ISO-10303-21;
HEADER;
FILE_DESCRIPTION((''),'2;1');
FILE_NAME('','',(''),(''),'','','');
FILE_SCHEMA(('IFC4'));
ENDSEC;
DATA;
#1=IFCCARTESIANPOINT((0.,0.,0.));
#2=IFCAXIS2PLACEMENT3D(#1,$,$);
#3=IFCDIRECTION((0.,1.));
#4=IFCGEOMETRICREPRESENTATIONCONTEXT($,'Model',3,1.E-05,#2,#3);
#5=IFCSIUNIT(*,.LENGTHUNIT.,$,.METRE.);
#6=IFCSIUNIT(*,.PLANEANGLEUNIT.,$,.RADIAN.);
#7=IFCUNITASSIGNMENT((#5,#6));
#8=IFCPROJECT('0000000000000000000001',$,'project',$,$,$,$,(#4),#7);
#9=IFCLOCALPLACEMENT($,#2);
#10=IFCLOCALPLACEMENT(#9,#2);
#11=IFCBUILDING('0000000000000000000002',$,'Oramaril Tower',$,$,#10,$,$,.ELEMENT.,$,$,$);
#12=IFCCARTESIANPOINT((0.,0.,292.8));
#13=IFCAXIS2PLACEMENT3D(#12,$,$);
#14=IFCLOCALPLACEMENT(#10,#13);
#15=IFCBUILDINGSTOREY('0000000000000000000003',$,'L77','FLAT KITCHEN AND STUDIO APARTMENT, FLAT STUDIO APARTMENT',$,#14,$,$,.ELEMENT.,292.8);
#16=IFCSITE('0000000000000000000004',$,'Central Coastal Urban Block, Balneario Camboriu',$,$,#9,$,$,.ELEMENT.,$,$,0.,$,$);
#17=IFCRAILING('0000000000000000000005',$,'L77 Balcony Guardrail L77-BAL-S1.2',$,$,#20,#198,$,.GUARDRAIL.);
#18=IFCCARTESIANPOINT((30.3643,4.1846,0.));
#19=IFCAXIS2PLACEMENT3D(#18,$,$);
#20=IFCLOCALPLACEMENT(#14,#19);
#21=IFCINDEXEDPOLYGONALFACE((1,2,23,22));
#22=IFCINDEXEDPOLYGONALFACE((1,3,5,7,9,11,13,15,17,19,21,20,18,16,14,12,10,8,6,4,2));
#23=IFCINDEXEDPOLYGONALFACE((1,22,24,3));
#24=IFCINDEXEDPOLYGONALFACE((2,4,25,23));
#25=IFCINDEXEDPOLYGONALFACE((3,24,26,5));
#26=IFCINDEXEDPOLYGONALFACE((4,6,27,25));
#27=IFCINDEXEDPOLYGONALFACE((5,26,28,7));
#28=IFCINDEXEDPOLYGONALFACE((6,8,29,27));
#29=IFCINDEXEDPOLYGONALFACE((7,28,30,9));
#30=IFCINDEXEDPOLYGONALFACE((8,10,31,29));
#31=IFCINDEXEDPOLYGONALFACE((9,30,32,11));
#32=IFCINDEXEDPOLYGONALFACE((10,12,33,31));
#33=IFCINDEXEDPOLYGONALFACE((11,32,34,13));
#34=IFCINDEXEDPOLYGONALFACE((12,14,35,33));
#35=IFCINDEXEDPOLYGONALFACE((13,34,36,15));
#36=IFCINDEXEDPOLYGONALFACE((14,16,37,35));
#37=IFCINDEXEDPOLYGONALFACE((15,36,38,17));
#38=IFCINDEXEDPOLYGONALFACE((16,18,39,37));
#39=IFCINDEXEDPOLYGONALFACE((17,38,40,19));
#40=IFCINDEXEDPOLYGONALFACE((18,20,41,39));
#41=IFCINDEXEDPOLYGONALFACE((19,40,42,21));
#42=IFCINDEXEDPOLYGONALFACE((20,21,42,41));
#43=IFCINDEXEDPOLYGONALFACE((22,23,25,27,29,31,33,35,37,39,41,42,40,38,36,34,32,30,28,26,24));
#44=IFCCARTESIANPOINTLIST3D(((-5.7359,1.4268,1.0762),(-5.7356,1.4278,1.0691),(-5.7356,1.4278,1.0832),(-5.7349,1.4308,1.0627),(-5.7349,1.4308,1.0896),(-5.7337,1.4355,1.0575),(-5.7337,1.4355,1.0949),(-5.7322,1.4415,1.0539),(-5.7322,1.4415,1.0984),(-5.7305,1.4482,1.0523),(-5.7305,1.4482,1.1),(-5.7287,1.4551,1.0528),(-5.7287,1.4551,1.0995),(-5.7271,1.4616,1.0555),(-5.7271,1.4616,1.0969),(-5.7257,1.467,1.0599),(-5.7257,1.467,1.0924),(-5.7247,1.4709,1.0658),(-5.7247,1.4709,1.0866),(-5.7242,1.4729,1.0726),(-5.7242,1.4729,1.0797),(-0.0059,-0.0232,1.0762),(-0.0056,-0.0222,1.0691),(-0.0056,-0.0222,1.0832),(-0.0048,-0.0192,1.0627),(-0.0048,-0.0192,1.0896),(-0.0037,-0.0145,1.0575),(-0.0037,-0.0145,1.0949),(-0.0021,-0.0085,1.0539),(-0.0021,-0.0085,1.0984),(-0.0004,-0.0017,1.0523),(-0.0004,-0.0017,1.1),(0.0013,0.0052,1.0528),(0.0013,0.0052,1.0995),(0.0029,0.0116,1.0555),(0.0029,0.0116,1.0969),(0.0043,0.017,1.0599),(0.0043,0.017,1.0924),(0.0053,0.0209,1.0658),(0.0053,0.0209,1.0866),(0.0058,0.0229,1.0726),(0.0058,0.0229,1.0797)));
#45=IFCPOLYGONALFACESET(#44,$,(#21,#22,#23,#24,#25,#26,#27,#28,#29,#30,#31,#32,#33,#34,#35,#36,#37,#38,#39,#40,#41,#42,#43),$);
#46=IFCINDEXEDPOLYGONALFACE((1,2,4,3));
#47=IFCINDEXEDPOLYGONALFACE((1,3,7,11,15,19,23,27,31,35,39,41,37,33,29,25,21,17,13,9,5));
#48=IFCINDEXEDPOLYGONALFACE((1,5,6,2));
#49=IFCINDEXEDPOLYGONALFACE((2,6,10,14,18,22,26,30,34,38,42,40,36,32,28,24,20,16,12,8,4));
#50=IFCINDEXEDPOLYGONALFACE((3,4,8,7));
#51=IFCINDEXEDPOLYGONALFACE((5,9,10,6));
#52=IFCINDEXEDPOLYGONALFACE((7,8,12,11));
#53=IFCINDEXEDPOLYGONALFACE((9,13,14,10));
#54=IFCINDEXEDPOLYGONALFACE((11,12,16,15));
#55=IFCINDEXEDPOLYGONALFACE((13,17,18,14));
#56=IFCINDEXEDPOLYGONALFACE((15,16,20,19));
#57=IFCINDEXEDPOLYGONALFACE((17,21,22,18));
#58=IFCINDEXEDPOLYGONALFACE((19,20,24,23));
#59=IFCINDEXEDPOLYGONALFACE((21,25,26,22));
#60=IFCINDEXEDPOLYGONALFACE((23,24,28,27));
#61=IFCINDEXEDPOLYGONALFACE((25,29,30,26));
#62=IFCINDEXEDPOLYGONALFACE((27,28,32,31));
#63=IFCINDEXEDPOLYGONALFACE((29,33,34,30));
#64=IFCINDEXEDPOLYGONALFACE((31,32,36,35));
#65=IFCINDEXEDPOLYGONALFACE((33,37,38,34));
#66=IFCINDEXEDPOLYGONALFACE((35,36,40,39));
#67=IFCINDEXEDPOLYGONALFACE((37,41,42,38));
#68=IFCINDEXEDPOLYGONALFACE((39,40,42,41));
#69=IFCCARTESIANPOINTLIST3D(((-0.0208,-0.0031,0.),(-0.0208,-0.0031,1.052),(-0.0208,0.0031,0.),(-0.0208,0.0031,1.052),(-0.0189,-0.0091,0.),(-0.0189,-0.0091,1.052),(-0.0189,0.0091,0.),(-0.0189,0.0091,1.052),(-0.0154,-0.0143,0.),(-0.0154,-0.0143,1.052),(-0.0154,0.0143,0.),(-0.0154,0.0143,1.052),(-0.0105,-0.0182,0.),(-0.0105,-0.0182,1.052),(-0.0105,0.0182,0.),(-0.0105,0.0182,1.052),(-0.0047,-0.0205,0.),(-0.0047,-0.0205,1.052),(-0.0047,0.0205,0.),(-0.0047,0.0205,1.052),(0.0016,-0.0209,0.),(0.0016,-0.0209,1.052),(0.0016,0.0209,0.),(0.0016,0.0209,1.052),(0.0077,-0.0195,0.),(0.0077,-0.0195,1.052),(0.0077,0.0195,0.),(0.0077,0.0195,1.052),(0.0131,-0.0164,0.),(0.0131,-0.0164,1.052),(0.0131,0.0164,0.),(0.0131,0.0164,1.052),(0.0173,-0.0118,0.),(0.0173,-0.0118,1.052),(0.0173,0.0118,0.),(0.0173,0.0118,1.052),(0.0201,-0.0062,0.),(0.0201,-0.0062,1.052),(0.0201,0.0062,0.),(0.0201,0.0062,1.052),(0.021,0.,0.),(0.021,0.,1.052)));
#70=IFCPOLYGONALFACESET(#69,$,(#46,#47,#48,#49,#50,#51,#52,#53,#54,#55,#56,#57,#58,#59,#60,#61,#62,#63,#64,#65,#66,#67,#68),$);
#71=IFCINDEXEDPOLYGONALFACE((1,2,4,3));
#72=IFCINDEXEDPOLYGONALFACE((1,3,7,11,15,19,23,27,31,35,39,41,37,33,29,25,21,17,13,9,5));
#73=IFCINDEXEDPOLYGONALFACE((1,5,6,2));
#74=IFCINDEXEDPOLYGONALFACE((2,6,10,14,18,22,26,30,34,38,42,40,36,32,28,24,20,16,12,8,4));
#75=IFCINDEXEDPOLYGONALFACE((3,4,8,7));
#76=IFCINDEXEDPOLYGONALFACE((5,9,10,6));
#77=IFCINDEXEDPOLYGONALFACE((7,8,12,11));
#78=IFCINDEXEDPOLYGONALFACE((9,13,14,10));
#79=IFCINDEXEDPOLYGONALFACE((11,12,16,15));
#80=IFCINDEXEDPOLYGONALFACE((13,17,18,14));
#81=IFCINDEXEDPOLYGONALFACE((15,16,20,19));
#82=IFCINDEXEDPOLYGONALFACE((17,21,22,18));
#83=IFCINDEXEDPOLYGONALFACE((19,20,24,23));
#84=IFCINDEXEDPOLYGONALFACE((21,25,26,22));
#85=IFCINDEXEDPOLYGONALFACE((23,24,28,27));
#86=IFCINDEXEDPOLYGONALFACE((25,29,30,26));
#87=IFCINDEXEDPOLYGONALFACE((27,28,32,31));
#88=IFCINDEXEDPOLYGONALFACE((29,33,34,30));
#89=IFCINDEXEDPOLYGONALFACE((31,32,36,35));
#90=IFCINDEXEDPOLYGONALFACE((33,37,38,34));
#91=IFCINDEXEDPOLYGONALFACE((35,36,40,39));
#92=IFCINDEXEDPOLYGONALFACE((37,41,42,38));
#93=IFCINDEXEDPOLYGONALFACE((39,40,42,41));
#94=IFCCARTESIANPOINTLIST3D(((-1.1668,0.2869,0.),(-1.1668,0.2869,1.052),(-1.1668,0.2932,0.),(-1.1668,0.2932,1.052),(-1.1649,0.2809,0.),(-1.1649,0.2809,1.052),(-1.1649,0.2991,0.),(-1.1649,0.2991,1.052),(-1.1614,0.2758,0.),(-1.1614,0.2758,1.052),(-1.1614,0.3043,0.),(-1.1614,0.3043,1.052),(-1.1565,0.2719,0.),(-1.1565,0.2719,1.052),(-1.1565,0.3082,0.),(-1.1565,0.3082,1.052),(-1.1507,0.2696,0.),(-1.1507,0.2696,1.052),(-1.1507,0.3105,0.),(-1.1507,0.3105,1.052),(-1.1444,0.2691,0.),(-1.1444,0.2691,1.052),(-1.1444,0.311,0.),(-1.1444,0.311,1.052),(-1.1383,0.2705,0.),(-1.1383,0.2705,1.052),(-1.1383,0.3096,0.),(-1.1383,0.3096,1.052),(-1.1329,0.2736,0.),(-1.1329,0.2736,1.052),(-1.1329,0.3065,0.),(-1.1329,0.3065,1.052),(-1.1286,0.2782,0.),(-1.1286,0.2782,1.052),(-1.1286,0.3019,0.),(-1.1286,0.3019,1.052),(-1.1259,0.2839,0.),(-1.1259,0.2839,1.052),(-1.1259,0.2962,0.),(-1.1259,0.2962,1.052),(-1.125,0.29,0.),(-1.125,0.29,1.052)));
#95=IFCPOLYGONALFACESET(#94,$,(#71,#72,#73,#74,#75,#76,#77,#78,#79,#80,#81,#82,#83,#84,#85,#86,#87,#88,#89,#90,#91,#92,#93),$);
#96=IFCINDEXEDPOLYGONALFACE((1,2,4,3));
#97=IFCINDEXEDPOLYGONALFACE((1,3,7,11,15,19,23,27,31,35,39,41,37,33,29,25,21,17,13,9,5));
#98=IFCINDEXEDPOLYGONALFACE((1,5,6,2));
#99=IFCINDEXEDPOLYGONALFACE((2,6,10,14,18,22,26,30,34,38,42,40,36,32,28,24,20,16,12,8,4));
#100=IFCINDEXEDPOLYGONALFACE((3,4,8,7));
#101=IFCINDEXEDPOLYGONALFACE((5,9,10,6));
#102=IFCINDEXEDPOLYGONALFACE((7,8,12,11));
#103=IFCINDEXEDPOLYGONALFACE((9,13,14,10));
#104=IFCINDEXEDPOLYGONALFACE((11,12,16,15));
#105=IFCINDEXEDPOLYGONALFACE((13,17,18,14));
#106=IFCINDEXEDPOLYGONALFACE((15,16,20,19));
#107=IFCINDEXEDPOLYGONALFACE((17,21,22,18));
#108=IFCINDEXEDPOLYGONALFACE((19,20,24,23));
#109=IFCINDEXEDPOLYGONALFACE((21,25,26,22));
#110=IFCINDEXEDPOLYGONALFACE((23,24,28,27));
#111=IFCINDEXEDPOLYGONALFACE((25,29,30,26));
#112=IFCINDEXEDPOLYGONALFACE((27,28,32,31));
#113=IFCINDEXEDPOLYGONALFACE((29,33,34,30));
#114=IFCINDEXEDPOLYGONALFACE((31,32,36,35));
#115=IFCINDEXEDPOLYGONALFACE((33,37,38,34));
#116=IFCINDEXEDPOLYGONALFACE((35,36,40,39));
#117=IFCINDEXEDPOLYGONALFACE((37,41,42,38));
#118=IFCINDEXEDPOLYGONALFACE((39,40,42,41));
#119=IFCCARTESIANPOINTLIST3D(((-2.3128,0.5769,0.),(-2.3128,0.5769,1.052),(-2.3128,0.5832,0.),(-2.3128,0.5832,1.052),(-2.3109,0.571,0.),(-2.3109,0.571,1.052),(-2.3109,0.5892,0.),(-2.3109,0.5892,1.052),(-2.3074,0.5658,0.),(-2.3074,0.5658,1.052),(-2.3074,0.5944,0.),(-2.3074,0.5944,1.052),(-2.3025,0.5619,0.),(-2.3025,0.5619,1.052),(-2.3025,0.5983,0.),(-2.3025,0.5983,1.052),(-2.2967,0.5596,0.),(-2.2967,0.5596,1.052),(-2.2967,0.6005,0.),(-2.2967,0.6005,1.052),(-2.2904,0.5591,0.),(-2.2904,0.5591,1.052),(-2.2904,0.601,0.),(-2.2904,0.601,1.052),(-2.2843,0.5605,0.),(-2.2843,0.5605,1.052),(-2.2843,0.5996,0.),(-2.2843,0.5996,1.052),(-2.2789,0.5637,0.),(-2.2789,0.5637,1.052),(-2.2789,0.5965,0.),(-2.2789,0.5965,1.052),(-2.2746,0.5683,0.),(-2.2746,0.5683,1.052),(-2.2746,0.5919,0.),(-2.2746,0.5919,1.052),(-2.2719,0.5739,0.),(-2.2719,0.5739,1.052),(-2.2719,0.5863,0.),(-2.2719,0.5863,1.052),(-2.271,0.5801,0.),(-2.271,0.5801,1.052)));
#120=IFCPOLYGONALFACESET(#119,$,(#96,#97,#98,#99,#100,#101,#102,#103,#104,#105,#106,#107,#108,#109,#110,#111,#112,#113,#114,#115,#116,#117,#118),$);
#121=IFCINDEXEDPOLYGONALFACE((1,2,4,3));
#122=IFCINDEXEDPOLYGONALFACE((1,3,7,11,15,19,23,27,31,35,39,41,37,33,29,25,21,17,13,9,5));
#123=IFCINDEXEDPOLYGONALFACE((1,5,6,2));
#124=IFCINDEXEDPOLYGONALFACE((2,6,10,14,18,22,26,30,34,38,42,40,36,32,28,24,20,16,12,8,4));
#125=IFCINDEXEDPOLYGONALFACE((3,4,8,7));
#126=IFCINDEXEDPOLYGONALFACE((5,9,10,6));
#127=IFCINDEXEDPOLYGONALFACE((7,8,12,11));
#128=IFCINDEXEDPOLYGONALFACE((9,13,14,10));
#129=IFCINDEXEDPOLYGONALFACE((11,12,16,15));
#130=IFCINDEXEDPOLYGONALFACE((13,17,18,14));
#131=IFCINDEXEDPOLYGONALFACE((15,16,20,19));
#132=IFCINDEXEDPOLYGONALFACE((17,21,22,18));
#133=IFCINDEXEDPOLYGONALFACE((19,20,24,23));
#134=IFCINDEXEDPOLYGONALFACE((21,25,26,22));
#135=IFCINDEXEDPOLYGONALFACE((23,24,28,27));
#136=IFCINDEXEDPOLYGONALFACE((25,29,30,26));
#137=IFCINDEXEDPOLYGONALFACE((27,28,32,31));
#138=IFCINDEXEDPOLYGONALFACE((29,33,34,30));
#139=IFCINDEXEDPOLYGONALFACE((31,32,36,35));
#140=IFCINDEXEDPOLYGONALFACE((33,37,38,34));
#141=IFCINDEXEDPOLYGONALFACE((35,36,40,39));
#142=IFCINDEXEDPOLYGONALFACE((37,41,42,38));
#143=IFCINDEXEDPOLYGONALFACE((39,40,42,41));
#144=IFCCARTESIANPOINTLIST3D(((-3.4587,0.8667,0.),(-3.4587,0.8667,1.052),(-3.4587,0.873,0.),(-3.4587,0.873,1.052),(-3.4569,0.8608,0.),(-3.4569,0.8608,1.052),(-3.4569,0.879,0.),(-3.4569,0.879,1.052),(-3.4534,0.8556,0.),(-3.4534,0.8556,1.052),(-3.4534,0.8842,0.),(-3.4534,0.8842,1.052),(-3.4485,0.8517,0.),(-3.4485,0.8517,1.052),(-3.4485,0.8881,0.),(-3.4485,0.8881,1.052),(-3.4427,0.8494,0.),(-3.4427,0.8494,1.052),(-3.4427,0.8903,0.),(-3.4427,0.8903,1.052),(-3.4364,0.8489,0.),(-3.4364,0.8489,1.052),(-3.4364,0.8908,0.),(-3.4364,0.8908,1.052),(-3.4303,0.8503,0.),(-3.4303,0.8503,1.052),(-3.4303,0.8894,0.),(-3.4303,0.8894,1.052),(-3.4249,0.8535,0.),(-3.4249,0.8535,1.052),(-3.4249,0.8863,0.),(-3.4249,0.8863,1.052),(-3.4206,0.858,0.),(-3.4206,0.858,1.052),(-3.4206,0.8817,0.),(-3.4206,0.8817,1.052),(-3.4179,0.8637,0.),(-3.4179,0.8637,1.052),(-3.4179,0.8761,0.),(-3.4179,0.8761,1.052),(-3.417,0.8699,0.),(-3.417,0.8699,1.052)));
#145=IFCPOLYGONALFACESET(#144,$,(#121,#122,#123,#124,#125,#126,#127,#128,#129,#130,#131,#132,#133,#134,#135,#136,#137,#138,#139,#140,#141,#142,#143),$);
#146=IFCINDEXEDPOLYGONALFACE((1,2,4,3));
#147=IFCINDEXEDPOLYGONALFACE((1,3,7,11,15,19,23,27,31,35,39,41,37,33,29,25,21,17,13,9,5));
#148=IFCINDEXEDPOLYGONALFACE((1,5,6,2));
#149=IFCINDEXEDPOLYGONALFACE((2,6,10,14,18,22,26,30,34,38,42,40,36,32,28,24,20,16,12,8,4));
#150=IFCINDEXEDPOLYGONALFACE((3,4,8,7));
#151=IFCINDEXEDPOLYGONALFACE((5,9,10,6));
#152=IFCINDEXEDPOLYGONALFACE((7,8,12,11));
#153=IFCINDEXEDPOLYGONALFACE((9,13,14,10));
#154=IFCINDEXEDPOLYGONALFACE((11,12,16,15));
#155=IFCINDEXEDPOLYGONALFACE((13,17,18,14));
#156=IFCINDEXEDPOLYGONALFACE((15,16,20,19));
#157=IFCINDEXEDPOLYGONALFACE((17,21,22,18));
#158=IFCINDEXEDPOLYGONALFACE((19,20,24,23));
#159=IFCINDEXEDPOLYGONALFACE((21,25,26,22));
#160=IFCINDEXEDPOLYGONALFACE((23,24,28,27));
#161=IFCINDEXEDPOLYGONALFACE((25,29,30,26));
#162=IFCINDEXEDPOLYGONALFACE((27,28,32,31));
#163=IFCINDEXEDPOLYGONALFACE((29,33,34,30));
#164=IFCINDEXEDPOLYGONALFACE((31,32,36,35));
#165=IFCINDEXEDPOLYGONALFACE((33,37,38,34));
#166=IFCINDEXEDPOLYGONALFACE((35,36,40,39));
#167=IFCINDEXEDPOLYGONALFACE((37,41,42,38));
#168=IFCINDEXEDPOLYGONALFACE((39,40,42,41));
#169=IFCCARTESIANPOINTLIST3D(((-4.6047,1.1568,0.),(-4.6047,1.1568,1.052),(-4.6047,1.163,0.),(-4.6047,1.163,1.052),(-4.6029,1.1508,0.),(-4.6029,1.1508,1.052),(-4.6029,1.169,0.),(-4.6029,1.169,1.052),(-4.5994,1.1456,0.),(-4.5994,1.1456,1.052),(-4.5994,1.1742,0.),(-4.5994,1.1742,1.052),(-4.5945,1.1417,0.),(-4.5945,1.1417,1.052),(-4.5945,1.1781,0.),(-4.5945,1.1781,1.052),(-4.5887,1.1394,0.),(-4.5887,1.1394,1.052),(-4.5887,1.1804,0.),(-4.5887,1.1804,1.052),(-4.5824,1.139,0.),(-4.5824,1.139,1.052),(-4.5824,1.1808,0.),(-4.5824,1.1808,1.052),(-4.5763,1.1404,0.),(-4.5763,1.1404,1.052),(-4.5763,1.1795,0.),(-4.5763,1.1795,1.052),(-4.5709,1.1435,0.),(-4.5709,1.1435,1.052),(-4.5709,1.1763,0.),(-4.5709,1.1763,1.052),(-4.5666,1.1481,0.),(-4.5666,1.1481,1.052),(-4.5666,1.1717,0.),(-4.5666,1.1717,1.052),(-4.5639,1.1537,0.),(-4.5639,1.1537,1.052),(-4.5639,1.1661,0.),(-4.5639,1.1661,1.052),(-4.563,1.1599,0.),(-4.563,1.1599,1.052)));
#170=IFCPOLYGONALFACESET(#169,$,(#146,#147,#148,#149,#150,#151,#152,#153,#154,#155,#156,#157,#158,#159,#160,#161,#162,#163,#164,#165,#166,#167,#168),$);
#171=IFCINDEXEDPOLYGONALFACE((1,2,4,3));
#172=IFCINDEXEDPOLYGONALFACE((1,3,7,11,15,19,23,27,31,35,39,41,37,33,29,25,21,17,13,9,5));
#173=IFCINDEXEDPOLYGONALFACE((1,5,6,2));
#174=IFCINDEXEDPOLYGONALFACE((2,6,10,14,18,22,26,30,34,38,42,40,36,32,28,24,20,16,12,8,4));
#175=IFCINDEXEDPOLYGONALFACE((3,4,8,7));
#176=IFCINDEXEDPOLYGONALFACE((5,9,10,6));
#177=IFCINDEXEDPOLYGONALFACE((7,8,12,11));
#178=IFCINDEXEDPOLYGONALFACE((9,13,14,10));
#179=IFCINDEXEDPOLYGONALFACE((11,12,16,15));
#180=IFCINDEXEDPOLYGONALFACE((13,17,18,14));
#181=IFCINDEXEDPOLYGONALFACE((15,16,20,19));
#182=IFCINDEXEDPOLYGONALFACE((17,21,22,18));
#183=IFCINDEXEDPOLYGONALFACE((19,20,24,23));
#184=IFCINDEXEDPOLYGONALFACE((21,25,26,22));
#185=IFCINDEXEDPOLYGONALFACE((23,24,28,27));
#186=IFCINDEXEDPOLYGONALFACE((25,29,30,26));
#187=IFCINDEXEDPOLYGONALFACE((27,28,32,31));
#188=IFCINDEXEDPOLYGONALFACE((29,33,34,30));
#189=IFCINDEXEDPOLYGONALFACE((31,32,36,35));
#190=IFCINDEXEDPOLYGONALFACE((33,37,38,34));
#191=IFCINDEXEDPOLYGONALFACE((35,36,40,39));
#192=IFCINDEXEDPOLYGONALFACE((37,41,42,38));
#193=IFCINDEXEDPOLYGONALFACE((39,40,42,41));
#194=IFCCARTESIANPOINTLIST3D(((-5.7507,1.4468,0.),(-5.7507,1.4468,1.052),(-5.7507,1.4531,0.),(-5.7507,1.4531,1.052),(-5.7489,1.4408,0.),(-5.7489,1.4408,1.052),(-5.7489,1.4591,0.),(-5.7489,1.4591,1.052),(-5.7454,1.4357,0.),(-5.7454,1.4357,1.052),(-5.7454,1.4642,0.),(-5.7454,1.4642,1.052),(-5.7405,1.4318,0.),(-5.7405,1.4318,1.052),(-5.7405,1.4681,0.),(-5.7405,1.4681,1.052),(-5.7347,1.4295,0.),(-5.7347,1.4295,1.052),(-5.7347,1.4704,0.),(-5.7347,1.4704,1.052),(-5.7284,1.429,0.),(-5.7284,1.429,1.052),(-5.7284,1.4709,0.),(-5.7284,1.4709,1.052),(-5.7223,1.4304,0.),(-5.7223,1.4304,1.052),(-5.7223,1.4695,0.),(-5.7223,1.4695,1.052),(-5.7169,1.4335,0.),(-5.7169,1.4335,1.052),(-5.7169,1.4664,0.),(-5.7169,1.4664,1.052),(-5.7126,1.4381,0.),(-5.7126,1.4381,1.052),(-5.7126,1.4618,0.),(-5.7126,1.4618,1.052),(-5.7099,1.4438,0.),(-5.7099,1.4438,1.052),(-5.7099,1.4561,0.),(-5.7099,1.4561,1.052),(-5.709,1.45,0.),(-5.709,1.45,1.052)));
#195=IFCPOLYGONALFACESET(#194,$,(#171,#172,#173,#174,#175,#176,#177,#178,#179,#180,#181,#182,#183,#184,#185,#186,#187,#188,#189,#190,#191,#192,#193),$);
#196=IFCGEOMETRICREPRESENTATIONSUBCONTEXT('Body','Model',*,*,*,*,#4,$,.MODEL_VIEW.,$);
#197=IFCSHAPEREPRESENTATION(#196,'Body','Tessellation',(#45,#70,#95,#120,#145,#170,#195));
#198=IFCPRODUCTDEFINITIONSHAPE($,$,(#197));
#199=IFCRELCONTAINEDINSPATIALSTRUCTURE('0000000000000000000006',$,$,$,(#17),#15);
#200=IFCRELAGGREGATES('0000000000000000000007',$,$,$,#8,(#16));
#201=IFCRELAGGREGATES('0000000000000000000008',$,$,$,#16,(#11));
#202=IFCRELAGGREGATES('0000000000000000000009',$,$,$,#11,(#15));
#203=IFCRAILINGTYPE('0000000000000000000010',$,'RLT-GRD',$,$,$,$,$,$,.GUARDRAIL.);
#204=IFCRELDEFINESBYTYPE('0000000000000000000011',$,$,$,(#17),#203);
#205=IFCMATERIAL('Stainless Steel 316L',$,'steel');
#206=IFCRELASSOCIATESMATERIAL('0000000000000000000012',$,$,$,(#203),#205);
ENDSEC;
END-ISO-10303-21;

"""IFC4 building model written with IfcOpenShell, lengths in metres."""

from ifc_helpers import new_model, si_unit, direction, frame, origin, origin_2d, place, context, subcontext, project, spatial, circle, extrude, material, type_object, element, save


model = new_model("IFC4")

# Units and contexts
model_context = context("Model", 3, precision=1e-05, world=origin(), true_north=direction((0.0, 1.0)))
body_context = subcontext(model_context, "Body", "Model", "MODEL_VIEW")
ifc_project = project(units=[si_unit("LENGTHUNIT", "METRE"), si_unit("PLANEANGLEUNIT", "RADIAN")], contexts=[model_context])

# Site, building, storey
site_placement = place(None, origin())
site = spatial("IfcSite", under=ifc_project, at=site_placement, Name="Central Coastal Urban Block, Balneario Camboriu", CompositionType="ELEMENT", RefElevation=0.0)
building_placement = place(site_placement, origin())
building = spatial("IfcBuilding", under=site, at=building_placement, Name="Oramaril Tower", CompositionType="ELEMENT")
storey_placement = place(building_placement, frame((0.0, 0.0, 292.8)))
storey = spatial("IfcBuildingStorey", under=building, at=storey_placement, Name="L77", Description="FLAT KITCHEN AND STUDIO APARTMENT, FLAT STUDIO APARTMENT", CompositionType="ELEMENT", Elevation=292.8)

# Railing
ifc_material_1 = material(Name="Stainless Steel 316L", Category="steel")
railing_type = type_object("IfcRailingType", Name="RLT-GRD", PredefinedType="GUARDRAIL", material=ifc_material_1)
railing_1_placement = place(storey_placement, frame((30.3643, 4.1846, 0.0)))
element("IfcRailing", 1, at=railing_1_placement, inside=storey, type_object=railing_type, Name="L77 Balcony Guardrail L77-BAL-S1.2", PredefinedType="GUARDRAIL", context=body_context, shape_type="SweptSolid", body=[
    extrude(circle(Radius=0.0239, at=origin_2d()), frame((0.0, 0.0, 1.0762), z_axis=(-0.969444, 0.245314, 0.0), x_axis=(-0.245314, -0.969444, 0.0)), (0.0, 0.0, 1.0), 5.9106),
    extrude(circle(Radius=0.021, at=origin_2d()), origin(), (0.0, 0.0, 1.0), 1.052),
    extrude(circle(Radius=0.021, at=origin_2d()), frame((-1.146, 0.29, 0.0)), (0.0, 0.0, 1.0), 1.052),
    extrude(circle(Radius=0.021, at=origin_2d()), frame((-2.292, 0.5801, 0.0)), (0.0, 0.0, 1.0), 1.052),
    extrude(circle(Radius=0.021, at=origin_2d()), frame((-3.438, 0.8699, 0.0)), (0.0, 0.0, 1.0), 1.052),
    extrude(circle(Radius=0.021, at=origin_2d()), frame((-4.584, 1.1599, 0.0)), (0.0, 0.0, 1.0), 1.052),
    extrude(circle(Radius=0.021, at=origin_2d()), frame((-5.73, 1.45, 0.0)), (0.0, 0.0, 1.0), 1.052),
])

save(model, "model.ifc")
